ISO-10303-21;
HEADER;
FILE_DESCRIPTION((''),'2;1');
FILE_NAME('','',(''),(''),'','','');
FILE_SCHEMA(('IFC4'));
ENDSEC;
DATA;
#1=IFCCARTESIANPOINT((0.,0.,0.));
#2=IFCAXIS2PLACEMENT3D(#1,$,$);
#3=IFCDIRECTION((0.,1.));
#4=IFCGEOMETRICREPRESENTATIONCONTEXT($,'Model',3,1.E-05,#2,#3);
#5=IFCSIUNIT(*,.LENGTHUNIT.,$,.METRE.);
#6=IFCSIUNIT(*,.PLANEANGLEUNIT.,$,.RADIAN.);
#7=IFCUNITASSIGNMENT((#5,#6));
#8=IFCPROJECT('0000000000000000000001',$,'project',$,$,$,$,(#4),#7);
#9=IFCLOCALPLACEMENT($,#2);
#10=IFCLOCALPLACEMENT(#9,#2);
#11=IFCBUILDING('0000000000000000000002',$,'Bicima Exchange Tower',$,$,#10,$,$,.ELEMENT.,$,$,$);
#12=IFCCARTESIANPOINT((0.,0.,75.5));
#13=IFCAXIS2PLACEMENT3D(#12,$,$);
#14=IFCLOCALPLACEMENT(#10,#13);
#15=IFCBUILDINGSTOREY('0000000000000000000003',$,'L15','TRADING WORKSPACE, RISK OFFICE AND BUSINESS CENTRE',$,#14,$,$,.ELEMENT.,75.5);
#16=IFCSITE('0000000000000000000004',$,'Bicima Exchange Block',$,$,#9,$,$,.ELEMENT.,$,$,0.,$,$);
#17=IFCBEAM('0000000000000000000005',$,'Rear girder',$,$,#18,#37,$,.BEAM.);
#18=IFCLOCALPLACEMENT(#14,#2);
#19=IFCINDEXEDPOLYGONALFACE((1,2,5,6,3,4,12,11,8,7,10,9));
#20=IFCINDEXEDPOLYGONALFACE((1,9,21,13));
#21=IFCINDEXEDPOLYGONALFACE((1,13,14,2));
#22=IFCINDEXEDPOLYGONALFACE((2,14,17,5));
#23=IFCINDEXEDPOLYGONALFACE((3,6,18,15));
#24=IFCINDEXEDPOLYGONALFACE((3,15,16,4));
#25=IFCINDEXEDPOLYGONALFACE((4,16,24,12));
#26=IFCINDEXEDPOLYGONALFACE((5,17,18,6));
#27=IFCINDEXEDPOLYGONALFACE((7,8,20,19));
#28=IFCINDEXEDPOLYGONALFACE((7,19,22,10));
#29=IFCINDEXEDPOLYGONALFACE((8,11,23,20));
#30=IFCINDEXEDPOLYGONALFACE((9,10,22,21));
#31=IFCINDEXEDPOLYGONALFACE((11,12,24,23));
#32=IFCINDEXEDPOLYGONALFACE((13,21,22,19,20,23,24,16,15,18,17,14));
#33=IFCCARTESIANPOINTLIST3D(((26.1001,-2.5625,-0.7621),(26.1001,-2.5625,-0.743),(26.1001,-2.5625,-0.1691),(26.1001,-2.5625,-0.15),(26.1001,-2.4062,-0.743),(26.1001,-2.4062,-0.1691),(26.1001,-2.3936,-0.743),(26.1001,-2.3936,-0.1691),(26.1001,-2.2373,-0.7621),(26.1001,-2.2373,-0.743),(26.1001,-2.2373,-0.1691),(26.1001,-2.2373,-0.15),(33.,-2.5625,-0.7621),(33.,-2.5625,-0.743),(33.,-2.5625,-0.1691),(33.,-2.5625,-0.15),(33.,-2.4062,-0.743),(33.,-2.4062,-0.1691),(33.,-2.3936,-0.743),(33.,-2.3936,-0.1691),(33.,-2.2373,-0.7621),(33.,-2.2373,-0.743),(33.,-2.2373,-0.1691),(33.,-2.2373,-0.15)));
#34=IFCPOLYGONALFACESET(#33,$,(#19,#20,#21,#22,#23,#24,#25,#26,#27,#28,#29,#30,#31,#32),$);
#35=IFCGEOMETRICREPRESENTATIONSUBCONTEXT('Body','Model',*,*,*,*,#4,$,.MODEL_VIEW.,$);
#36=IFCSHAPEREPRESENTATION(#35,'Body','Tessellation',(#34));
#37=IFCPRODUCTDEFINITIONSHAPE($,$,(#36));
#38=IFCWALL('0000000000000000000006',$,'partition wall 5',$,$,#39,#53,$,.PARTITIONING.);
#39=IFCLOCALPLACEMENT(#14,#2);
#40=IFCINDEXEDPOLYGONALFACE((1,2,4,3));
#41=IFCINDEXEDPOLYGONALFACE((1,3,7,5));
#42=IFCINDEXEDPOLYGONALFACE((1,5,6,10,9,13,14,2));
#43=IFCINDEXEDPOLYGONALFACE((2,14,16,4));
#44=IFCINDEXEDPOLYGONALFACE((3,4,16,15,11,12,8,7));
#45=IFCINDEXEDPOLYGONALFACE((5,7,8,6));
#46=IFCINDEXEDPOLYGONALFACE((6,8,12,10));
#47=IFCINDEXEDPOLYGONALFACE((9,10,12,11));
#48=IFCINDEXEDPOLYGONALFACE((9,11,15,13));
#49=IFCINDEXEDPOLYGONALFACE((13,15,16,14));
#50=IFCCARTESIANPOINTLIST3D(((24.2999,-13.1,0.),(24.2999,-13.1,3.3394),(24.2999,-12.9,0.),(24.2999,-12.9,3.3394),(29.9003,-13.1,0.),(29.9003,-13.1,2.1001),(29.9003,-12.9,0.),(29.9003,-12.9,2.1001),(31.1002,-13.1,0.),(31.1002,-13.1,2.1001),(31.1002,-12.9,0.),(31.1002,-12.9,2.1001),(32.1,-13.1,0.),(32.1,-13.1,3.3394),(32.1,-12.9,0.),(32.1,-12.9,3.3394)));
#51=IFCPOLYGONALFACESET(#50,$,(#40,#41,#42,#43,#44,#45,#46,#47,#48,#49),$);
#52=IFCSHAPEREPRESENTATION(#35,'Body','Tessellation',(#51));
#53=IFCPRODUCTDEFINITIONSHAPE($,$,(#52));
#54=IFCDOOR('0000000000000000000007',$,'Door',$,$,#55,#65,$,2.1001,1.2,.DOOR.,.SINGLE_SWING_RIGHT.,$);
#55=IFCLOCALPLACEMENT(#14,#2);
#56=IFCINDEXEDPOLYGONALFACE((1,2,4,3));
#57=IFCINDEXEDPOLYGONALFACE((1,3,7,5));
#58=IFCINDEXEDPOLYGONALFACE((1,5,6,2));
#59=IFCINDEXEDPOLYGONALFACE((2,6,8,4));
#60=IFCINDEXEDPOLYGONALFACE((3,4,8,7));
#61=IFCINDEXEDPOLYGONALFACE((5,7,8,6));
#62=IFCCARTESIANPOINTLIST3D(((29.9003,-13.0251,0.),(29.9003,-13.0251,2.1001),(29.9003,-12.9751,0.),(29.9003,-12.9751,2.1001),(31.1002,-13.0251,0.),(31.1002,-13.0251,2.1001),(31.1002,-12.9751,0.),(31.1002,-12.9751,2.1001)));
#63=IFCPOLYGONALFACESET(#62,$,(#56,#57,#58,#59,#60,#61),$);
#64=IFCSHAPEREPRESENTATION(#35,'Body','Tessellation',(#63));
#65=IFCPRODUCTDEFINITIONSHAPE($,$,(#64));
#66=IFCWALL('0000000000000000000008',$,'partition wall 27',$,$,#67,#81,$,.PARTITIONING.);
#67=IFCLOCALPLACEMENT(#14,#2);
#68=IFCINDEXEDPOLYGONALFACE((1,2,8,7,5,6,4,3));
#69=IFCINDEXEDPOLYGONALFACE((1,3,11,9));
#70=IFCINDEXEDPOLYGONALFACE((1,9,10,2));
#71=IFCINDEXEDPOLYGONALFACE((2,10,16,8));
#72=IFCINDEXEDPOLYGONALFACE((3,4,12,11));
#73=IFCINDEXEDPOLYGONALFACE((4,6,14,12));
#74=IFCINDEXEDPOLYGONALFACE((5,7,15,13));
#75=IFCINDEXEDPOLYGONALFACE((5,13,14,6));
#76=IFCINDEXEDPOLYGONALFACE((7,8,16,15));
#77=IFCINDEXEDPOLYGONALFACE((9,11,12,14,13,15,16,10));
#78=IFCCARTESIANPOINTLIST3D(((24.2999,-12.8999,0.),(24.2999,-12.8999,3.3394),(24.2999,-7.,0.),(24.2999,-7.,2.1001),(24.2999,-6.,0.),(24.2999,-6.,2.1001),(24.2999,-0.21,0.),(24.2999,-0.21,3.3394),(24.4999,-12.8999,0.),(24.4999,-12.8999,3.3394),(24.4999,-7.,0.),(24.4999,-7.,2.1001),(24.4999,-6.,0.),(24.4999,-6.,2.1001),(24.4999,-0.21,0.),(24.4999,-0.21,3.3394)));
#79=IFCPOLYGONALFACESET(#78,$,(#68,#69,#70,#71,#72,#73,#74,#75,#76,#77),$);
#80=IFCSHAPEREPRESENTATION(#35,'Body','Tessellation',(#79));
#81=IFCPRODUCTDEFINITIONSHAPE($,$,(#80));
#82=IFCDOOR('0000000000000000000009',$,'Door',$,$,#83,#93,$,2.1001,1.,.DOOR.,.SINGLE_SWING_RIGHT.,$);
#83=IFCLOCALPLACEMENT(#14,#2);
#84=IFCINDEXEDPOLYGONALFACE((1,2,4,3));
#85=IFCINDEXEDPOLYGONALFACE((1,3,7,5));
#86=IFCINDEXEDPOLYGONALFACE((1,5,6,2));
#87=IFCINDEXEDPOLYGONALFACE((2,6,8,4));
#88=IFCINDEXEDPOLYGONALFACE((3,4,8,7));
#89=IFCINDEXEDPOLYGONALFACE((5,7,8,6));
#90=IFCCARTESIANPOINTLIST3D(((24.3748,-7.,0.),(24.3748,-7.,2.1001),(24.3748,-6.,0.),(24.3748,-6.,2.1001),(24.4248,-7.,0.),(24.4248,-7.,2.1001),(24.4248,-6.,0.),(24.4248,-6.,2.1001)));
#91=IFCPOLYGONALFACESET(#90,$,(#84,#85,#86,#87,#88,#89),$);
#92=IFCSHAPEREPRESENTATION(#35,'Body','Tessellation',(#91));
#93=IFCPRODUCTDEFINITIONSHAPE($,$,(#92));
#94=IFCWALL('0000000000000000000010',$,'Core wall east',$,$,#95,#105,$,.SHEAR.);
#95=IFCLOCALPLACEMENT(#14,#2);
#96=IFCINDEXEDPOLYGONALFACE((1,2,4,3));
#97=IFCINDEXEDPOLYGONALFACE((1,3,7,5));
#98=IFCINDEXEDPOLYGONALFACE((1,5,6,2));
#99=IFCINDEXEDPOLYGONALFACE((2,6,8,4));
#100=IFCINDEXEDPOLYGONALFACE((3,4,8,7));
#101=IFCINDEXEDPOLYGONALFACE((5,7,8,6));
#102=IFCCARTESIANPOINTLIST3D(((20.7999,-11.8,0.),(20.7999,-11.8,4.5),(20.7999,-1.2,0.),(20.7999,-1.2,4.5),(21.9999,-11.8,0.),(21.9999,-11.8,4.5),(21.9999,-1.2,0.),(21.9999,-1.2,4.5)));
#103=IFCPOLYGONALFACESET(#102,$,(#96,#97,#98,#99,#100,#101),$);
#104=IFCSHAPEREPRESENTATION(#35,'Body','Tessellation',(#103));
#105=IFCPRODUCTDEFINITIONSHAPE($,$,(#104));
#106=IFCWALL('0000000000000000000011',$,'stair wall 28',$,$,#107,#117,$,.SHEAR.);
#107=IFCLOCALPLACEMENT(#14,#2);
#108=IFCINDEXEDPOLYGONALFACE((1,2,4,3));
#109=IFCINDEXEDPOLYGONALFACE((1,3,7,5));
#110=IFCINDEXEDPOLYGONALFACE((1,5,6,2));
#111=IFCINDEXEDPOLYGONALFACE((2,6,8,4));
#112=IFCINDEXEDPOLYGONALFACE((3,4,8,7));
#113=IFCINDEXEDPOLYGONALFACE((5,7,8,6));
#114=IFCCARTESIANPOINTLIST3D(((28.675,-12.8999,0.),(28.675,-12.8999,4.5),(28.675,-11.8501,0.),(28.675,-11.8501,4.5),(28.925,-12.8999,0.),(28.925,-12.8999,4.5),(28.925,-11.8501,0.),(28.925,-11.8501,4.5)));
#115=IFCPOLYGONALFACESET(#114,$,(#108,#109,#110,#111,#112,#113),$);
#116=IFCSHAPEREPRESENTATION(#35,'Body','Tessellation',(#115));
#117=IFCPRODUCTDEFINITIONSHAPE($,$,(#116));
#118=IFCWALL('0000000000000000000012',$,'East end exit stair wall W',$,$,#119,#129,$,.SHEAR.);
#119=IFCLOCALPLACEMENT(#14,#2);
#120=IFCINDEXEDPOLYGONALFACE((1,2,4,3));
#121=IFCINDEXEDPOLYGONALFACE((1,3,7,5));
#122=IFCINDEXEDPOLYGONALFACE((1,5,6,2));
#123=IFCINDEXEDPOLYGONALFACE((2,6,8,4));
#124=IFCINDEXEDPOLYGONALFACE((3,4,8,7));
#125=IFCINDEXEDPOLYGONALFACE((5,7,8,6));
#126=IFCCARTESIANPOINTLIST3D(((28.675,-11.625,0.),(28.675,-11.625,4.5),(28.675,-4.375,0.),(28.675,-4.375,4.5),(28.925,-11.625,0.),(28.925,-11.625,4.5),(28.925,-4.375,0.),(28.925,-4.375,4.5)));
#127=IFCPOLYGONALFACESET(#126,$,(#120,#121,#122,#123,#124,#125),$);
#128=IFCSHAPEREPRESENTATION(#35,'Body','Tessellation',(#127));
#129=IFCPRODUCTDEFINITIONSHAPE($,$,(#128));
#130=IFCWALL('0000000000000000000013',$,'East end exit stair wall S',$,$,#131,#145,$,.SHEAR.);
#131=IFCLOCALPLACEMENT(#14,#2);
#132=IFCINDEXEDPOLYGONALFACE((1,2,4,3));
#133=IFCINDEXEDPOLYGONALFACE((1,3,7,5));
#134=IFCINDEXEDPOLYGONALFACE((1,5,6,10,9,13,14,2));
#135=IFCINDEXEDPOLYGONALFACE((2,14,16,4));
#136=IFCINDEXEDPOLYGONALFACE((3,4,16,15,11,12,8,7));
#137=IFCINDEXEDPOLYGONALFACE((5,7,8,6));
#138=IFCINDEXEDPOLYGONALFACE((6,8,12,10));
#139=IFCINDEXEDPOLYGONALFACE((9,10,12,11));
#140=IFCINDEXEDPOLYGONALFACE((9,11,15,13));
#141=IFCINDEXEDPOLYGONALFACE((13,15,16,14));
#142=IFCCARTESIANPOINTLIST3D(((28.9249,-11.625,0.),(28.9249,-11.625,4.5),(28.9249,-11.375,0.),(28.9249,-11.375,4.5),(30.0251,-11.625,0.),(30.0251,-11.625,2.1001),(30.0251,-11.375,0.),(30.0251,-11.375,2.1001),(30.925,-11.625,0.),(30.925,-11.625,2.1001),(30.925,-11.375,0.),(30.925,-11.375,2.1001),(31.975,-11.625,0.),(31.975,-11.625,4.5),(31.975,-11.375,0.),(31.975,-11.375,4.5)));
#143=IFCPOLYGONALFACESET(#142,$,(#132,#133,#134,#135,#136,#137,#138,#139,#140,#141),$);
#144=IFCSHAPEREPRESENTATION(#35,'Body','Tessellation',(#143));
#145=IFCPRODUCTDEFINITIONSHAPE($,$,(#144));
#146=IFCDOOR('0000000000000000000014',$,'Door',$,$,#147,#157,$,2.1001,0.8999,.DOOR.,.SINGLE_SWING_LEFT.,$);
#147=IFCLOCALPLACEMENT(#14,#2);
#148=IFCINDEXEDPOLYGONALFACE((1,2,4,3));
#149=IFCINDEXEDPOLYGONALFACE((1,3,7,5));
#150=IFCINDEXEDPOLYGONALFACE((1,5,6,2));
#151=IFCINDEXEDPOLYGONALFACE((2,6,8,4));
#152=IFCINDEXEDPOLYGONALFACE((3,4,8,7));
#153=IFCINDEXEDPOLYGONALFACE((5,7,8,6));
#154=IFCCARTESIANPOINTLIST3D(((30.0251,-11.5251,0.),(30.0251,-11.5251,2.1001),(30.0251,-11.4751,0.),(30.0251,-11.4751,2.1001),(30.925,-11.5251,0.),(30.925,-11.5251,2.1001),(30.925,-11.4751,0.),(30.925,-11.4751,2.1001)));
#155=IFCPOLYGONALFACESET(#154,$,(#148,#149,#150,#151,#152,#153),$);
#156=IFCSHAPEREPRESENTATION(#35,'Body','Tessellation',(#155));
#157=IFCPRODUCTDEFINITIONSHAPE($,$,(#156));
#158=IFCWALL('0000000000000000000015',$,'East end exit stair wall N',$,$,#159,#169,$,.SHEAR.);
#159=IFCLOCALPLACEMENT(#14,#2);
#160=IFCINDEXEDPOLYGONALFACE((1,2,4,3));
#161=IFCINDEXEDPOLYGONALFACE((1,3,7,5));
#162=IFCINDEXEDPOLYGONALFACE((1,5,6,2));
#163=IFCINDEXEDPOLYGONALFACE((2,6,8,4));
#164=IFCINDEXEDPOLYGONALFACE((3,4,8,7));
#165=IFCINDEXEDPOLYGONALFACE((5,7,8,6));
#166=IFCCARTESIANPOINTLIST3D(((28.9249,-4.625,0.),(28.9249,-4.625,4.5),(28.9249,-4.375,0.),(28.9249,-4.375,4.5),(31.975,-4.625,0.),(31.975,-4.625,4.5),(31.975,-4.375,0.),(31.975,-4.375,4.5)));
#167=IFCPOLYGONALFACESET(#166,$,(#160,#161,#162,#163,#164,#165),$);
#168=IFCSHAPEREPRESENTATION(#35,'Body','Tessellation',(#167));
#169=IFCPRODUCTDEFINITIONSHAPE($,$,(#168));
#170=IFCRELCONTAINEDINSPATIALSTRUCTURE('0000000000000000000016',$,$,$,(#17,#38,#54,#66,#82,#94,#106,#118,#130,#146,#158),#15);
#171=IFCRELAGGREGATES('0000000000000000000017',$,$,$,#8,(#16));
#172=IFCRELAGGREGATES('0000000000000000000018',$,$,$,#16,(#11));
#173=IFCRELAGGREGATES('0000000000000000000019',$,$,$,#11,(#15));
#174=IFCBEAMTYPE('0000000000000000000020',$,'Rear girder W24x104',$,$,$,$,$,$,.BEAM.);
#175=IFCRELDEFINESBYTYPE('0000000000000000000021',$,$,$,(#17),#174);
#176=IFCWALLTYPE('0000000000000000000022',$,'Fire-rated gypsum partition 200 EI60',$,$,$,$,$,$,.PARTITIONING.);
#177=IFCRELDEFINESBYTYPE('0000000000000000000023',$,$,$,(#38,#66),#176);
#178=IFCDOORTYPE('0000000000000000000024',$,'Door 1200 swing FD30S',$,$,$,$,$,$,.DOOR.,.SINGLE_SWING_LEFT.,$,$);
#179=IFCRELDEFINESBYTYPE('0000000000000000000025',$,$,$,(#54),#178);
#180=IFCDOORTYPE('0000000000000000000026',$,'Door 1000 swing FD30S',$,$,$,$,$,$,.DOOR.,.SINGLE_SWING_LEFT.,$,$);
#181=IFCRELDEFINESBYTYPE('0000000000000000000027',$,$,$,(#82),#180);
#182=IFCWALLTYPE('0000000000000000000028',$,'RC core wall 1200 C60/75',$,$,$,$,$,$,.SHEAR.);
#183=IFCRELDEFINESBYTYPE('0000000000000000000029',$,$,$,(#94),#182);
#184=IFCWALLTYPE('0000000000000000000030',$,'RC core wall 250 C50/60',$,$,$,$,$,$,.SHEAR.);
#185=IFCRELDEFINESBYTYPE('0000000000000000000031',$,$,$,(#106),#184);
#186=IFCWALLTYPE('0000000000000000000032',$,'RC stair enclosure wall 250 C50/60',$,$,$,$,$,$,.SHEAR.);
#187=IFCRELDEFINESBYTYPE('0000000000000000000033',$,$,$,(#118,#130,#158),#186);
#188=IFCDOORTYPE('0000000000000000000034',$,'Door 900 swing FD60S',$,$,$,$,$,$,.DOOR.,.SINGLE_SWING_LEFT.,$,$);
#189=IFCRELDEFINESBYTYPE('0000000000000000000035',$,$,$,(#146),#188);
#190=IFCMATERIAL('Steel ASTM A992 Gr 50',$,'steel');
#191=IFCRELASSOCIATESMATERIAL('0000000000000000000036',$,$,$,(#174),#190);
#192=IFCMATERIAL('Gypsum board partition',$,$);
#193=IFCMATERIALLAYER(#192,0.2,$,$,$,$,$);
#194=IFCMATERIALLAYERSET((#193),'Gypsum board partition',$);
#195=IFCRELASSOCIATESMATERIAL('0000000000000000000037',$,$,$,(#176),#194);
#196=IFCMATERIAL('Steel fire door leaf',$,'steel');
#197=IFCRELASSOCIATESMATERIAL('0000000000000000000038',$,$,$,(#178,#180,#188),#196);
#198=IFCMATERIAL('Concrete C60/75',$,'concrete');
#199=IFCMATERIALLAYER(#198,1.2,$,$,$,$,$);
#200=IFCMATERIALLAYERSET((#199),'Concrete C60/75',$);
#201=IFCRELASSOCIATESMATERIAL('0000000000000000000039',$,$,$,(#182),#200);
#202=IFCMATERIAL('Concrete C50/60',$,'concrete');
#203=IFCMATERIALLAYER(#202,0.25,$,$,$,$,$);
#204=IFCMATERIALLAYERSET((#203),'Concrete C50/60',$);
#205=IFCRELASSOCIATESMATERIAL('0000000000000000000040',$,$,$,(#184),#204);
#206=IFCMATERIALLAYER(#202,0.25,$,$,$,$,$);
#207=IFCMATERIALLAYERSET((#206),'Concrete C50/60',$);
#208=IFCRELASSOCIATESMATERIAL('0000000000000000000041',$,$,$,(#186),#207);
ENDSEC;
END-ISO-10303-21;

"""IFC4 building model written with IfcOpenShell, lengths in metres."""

from ifc_helpers import new_model, si_unit, direction, frame, frame_2d, origin, origin_2d, place, context, subcontext, project, spatial, rectangle, i_section, extrude, material, layer, layer_set, material_profile, profile_set, type_object, element, fill, save


model = new_model("IFC4")

# Units and contexts
model_context = context("Model", 3, precision=1e-05, world=origin(), true_north=direction((0.0, 1.0)))
body_context = subcontext(model_context, "Body", "Model", "MODEL_VIEW")
ifc_project = project(units=[si_unit("LENGTHUNIT", "METRE"), si_unit("PLANEANGLEUNIT", "RADIAN")], contexts=[model_context])

# Site, building, storey
site_placement = place(None, origin())
site = spatial("IfcSite", under=ifc_project, at=site_placement, Name="Bicima Exchange Block", CompositionType="ELEMENT", RefElevation=0.0)
building_placement = place(site_placement, origin())
building = spatial("IfcBuilding", under=site, at=building_placement, Name="Bicima Exchange Tower", CompositionType="ELEMENT")
storey_placement = place(building_placement, frame((0.0, 0.0, 75.5)))
storey = spatial("IfcBuildingStorey", under=building, at=storey_placement, Name="L15", Description="TRADING WORKSPACE, RISK OFFICE AND BUSINESS CENTRE", CompositionType="ELEMENT", Elevation=75.5)

# Shared definitions
ifc_material_1 = material(Name="Steel ASTM A992 Gr 50", Category="steel")

# Beam
ifc_material_profile_1 = material_profile(ifc_material_1, i_section(OverallWidth=0.3252, OverallDepth=0.6121, WebThickness=0.0127, FlangeThickness=0.019, at=origin_2d()))
ifc_profile_set_1 = profile_set([ifc_material_profile_1], Name="Steel ASTM A992 Gr 50")
beam_type_1 = type_object("IfcBeamType", Name="Rear girder W24x104", PredefinedType="BEAM", material=ifc_profile_set_1)
beam_1_placement = place(storey_placement, frame((26.1001, -2.3999, -0.4561), z_axis=(1.0, 0.0, 0.0), x_axis=(0.0, 1.0, 0.0)))
element("IfcBeam", 1, at=beam_1_placement, inside=storey, type_object=beam_type_1, Name="Rear girder", PredefinedType="BEAM", context=body_context, shape_type="SweptSolid", body=[
    extrude(i_section(OverallWidth=0.3252, OverallDepth=0.6121, WebThickness=0.0127, FlangeThickness=0.019, at=origin_2d()), origin(), (0.0, 0.0, 1.0), 6.8999),
])

# Walls, openings, doors
ifc_material_2 = material(Name="Gypsum board partition")
ifc_layer_1 = layer(ifc_material_2, 0.2)
ifc_layer_set_1 = layer_set([ifc_layer_1], Name="Gypsum board partition")
wall_type_1 = type_object("IfcWallType", Name="Fire-rated gypsum partition 200 EI60", PredefinedType="PARTITIONING", material=ifc_layer_set_1)
wall_1_placement = place(storey_placement, frame((24.3, -13.0, 0.0), z_axis=(0.0, 0.0, 1.0), x_axis=(1.0, 0.0, 0.0)))
wall_1 = element("IfcWall", 2, at=wall_1_placement, inside=storey, type_object=wall_type_1, Name="partition wall 5", PredefinedType="PARTITIONING", context=body_context, shape_type="SweptSolid", body=[
    extrude(rectangle(XDim=7.8, YDim=0.2, at=frame_2d((3.8999, 0.0))), origin(), (0.0, 0.0, 1.0), 3.3394),
])
opening_1_placement = place(wall_1_placement, frame((5.6001, 0.0, 0.0)))
opening_1 = element("IfcOpeningElement", 3, at=opening_1_placement, cuts=wall_1, PredefinedType="OPENING", context=body_context, shape_type="SweptSolid", body=[
    extrude(rectangle(XDim=1.2, YDim=2.1001, at=frame_2d((0.6001, 1.05))), frame((0.0, 0.1118, 0.0), z_axis=(0.0, -1.0, 0.0), x_axis=(1.0, 0.0, 0.0)), (0.0, 0.0, 1.0), 0.2239),
])
ifc_material_3 = material(Name="Steel fire door leaf", Category="steel")
door_type_1 = type_object("IfcDoorType", Name="Door 1200 swing FD30S", OperationType="SINGLE_SWING_LEFT", PredefinedType="DOOR", material=ifc_material_3)
door_1_placement = place(opening_1_placement, origin())
door_1 = element("IfcDoor", 4, at=door_1_placement, inside=storey, type_object=door_type_1, Name="Door", OperationType="SINGLE_SWING_RIGHT", OverallHeight=2.1001, OverallWidth=1.2, PredefinedType="DOOR", context=body_context, shape_type="SweptSolid", body=[
    extrude(rectangle(XDim=1.2, YDim=2.1001, at=frame_2d((0.6001, 1.05))), frame((0.0, 0.0249, 0.0), z_axis=(0.0, -1.0, 0.0), x_axis=(1.0, 0.0, 0.0)), (0.0, 0.0, 1.0), 0.05),
])
fill(opening_1, door_1)
wall_2_placement = place(storey_placement, frame((24.3999, -12.8999, 0.0), z_axis=(0.0, 0.0, 1.0), x_axis=(0.0, 1.0, 0.0)))
wall_2 = element("IfcWall", 5, at=wall_2_placement, inside=storey, type_object=wall_type_1, Name="partition wall 27", PredefinedType="PARTITIONING", context=body_context, shape_type="SweptSolid", body=[
    extrude(rectangle(XDim=12.6899, YDim=0.2, at=frame_2d((6.345, 0.0))), origin(), (0.0, 0.0, 1.0), 3.3394),
])
opening_2_placement = place(wall_2_placement, frame((5.8999, 0.0, 0.0)))
opening_2 = element("IfcOpeningElement", 6, at=opening_2_placement, cuts=wall_2, PredefinedType="OPENING", context=body_context, shape_type="SweptSolid", body=[
    extrude(rectangle(XDim=1.0, YDim=2.1001, at=frame_2d((0.5, 1.05))), frame((0.0, 0.1118, 0.0), z_axis=(0.0, -1.0, 0.0), x_axis=(1.0, 0.0, 0.0)), (0.0, 0.0, 1.0), 0.2239),
])
door_type_2 = type_object("IfcDoorType", Name="Door 1000 swing FD30S", OperationType="SINGLE_SWING_LEFT", PredefinedType="DOOR", material=ifc_material_3)
door_2_placement = place(opening_2_placement, frame((1.0, 0.0, 0.0), z_axis=(0.0, 0.0, 1.0), x_axis=(-1.0, 0.0, 0.0)))
door_2 = element("IfcDoor", 7, at=door_2_placement, inside=storey, type_object=door_type_2, Name="Door", OperationType="SINGLE_SWING_RIGHT", OverallHeight=2.1001, OverallWidth=1.0, PredefinedType="DOOR", context=body_context, shape_type="SweptSolid", body=[
    extrude(rectangle(XDim=1.0, YDim=2.1001, at=frame_2d((0.5, 1.05))), frame((0.0, 0.0249, 0.0), z_axis=(0.0, -1.0, 0.0), x_axis=(1.0, 0.0, 0.0)), (0.0, 0.0, 1.0), 0.05),
])
fill(opening_2, door_2)

# Walls
ifc_material_4 = material(Name="Concrete C60/75", Category="concrete")
ifc_layer_2 = layer(ifc_material_4, 1.2)
ifc_layer_set_2 = layer_set([ifc_layer_2], Name="Concrete C60/75")
wall_type_2 = type_object("IfcWallType", Name="RC core wall 1200 C60/75", PredefinedType="SHEAR", material=ifc_layer_set_2)
wall_3_placement = place(storey_placement, frame((21.3999, -11.8, 0.0), z_axis=(0.0, 0.0, 1.0), x_axis=(0.0, 1.0, 0.0)))
element("IfcWall", 8, at=wall_3_placement, inside=storey, type_object=wall_type_2, Name="Core wall east", PredefinedType="SHEAR", context=body_context, shape_type="SweptSolid", body=[
    extrude(rectangle(XDim=10.6001, YDim=1.2, at=frame_2d((5.3, 0.0))), origin(), (0.0, 0.0, 1.0), 4.5),
])
ifc_material_5 = material(Name="Concrete C50/60", Category="concrete")
ifc_layer_3 = layer(ifc_material_5, 0.25)
ifc_layer_set_3 = layer_set([ifc_layer_3], Name="Concrete C50/60")
wall_type_3 = type_object("IfcWallType", Name="RC core wall 250 C50/60", PredefinedType="SHEAR", material=ifc_layer_set_3)
wall_4_placement = place(storey_placement, frame((28.8, -12.8999, 0.0), z_axis=(0.0, 0.0, 1.0), x_axis=(0.0, 1.0, 0.0)))
element("IfcWall", 9, at=wall_4_placement, inside=storey, type_object=wall_type_3, Name="stair wall 28", PredefinedType="SHEAR", context=body_context, shape_type="SweptSolid", body=[
    extrude(rectangle(XDim=1.0498, YDim=0.25, at=frame_2d((0.5249, 0.0))), origin(), (0.0, 0.0, 1.0), 4.5),
])
ifc_layer_4 = layer(ifc_material_5, 0.25)
ifc_layer_set_4 = layer_set([ifc_layer_4], Name="Concrete C50/60")
wall_type_4 = type_object("IfcWallType", Name="RC stair enclosure wall 250 C50/60", PredefinedType="SHEAR", material=ifc_layer_set_4)
wall_5_placement = place(storey_placement, frame((28.8, -11.625, 0.0), z_axis=(0.0, 0.0, 1.0), x_axis=(0.0, 1.0, 0.0)))
element("IfcWall", 10, at=wall_5_placement, inside=storey, type_object=wall_type_4, Name="East end exit stair wall W", PredefinedType="SHEAR", context=body_context, shape_type="SweptSolid", body=[
    extrude(rectangle(XDim=7.25, YDim=0.25, at=frame_2d((3.625, 0.0))), origin(), (0.0, 0.0, 1.0), 4.5),
])

# Wall, opening, door
wall_6_placement = place(storey_placement, frame((28.925, -11.5, 0.0), z_axis=(0.0, 0.0, 1.0), x_axis=(1.0, 0.0, 0.0)))
wall_6 = element("IfcWall", 11, at=wall_6_placement, inside=storey, type_object=wall_type_4, Name="East end exit stair wall S", PredefinedType="SHEAR", context=body_context, shape_type="SweptSolid", body=[
    extrude(rectangle(XDim=3.05, YDim=0.25, at=frame_2d((1.5249, 0.0))), origin(), (0.0, 0.0, 1.0), 4.5),
])
opening_3_placement = place(wall_6_placement, frame((1.1001, 0.0, 0.0)))
opening_3 = element("IfcOpeningElement", 12, at=opening_3_placement, cuts=wall_6, PredefinedType="OPENING", context=body_context, shape_type="SweptSolid", body=[
    extrude(rectangle(XDim=0.8999, YDim=2.1001, at=frame_2d((0.45, 1.05))), frame((0.0, 0.137, 0.0), z_axis=(0.0, -1.0, 0.0), x_axis=(1.0, 0.0, 0.0)), (0.0, 0.0, 1.0), 0.2739),
])
door_type_3 = type_object("IfcDoorType", Name="Door 900 swing FD60S", OperationType="SINGLE_SWING_LEFT", PredefinedType="DOOR", material=ifc_material_3)
door_3_placement = place(opening_3_placement, origin())
door_3 = element("IfcDoor", 13, at=door_3_placement, inside=storey, type_object=door_type_3, Name="Door", OperationType="SINGLE_SWING_LEFT", OverallHeight=2.1001, OverallWidth=0.8999, PredefinedType="DOOR", context=body_context, shape_type="SweptSolid", body=[
    extrude(rectangle(XDim=0.8999, YDim=2.1001, at=frame_2d((0.45, 1.05))), frame((0.0, 0.0249, 0.0), z_axis=(0.0, -1.0, 0.0), x_axis=(1.0, 0.0, 0.0)), (0.0, 0.0, 1.0), 0.05),
])
fill(opening_3, door_3)

# Wall
wall_7_placement = place(storey_placement, frame((28.925, -4.5, 0.0), z_axis=(0.0, 0.0, 1.0), x_axis=(1.0, 0.0, 0.0)))
element("IfcWall", 14, at=wall_7_placement, inside=storey, type_object=wall_type_4, Name="East end exit stair wall N", PredefinedType="SHEAR", context=body_context, shape_type="SweptSolid", body=[
    extrude(rectangle(XDim=3.05, YDim=0.25, at=frame_2d((1.5249, 0.0))), origin(), (0.0, 0.0, 1.0), 4.5),
])

save(model, "model.ifc")
